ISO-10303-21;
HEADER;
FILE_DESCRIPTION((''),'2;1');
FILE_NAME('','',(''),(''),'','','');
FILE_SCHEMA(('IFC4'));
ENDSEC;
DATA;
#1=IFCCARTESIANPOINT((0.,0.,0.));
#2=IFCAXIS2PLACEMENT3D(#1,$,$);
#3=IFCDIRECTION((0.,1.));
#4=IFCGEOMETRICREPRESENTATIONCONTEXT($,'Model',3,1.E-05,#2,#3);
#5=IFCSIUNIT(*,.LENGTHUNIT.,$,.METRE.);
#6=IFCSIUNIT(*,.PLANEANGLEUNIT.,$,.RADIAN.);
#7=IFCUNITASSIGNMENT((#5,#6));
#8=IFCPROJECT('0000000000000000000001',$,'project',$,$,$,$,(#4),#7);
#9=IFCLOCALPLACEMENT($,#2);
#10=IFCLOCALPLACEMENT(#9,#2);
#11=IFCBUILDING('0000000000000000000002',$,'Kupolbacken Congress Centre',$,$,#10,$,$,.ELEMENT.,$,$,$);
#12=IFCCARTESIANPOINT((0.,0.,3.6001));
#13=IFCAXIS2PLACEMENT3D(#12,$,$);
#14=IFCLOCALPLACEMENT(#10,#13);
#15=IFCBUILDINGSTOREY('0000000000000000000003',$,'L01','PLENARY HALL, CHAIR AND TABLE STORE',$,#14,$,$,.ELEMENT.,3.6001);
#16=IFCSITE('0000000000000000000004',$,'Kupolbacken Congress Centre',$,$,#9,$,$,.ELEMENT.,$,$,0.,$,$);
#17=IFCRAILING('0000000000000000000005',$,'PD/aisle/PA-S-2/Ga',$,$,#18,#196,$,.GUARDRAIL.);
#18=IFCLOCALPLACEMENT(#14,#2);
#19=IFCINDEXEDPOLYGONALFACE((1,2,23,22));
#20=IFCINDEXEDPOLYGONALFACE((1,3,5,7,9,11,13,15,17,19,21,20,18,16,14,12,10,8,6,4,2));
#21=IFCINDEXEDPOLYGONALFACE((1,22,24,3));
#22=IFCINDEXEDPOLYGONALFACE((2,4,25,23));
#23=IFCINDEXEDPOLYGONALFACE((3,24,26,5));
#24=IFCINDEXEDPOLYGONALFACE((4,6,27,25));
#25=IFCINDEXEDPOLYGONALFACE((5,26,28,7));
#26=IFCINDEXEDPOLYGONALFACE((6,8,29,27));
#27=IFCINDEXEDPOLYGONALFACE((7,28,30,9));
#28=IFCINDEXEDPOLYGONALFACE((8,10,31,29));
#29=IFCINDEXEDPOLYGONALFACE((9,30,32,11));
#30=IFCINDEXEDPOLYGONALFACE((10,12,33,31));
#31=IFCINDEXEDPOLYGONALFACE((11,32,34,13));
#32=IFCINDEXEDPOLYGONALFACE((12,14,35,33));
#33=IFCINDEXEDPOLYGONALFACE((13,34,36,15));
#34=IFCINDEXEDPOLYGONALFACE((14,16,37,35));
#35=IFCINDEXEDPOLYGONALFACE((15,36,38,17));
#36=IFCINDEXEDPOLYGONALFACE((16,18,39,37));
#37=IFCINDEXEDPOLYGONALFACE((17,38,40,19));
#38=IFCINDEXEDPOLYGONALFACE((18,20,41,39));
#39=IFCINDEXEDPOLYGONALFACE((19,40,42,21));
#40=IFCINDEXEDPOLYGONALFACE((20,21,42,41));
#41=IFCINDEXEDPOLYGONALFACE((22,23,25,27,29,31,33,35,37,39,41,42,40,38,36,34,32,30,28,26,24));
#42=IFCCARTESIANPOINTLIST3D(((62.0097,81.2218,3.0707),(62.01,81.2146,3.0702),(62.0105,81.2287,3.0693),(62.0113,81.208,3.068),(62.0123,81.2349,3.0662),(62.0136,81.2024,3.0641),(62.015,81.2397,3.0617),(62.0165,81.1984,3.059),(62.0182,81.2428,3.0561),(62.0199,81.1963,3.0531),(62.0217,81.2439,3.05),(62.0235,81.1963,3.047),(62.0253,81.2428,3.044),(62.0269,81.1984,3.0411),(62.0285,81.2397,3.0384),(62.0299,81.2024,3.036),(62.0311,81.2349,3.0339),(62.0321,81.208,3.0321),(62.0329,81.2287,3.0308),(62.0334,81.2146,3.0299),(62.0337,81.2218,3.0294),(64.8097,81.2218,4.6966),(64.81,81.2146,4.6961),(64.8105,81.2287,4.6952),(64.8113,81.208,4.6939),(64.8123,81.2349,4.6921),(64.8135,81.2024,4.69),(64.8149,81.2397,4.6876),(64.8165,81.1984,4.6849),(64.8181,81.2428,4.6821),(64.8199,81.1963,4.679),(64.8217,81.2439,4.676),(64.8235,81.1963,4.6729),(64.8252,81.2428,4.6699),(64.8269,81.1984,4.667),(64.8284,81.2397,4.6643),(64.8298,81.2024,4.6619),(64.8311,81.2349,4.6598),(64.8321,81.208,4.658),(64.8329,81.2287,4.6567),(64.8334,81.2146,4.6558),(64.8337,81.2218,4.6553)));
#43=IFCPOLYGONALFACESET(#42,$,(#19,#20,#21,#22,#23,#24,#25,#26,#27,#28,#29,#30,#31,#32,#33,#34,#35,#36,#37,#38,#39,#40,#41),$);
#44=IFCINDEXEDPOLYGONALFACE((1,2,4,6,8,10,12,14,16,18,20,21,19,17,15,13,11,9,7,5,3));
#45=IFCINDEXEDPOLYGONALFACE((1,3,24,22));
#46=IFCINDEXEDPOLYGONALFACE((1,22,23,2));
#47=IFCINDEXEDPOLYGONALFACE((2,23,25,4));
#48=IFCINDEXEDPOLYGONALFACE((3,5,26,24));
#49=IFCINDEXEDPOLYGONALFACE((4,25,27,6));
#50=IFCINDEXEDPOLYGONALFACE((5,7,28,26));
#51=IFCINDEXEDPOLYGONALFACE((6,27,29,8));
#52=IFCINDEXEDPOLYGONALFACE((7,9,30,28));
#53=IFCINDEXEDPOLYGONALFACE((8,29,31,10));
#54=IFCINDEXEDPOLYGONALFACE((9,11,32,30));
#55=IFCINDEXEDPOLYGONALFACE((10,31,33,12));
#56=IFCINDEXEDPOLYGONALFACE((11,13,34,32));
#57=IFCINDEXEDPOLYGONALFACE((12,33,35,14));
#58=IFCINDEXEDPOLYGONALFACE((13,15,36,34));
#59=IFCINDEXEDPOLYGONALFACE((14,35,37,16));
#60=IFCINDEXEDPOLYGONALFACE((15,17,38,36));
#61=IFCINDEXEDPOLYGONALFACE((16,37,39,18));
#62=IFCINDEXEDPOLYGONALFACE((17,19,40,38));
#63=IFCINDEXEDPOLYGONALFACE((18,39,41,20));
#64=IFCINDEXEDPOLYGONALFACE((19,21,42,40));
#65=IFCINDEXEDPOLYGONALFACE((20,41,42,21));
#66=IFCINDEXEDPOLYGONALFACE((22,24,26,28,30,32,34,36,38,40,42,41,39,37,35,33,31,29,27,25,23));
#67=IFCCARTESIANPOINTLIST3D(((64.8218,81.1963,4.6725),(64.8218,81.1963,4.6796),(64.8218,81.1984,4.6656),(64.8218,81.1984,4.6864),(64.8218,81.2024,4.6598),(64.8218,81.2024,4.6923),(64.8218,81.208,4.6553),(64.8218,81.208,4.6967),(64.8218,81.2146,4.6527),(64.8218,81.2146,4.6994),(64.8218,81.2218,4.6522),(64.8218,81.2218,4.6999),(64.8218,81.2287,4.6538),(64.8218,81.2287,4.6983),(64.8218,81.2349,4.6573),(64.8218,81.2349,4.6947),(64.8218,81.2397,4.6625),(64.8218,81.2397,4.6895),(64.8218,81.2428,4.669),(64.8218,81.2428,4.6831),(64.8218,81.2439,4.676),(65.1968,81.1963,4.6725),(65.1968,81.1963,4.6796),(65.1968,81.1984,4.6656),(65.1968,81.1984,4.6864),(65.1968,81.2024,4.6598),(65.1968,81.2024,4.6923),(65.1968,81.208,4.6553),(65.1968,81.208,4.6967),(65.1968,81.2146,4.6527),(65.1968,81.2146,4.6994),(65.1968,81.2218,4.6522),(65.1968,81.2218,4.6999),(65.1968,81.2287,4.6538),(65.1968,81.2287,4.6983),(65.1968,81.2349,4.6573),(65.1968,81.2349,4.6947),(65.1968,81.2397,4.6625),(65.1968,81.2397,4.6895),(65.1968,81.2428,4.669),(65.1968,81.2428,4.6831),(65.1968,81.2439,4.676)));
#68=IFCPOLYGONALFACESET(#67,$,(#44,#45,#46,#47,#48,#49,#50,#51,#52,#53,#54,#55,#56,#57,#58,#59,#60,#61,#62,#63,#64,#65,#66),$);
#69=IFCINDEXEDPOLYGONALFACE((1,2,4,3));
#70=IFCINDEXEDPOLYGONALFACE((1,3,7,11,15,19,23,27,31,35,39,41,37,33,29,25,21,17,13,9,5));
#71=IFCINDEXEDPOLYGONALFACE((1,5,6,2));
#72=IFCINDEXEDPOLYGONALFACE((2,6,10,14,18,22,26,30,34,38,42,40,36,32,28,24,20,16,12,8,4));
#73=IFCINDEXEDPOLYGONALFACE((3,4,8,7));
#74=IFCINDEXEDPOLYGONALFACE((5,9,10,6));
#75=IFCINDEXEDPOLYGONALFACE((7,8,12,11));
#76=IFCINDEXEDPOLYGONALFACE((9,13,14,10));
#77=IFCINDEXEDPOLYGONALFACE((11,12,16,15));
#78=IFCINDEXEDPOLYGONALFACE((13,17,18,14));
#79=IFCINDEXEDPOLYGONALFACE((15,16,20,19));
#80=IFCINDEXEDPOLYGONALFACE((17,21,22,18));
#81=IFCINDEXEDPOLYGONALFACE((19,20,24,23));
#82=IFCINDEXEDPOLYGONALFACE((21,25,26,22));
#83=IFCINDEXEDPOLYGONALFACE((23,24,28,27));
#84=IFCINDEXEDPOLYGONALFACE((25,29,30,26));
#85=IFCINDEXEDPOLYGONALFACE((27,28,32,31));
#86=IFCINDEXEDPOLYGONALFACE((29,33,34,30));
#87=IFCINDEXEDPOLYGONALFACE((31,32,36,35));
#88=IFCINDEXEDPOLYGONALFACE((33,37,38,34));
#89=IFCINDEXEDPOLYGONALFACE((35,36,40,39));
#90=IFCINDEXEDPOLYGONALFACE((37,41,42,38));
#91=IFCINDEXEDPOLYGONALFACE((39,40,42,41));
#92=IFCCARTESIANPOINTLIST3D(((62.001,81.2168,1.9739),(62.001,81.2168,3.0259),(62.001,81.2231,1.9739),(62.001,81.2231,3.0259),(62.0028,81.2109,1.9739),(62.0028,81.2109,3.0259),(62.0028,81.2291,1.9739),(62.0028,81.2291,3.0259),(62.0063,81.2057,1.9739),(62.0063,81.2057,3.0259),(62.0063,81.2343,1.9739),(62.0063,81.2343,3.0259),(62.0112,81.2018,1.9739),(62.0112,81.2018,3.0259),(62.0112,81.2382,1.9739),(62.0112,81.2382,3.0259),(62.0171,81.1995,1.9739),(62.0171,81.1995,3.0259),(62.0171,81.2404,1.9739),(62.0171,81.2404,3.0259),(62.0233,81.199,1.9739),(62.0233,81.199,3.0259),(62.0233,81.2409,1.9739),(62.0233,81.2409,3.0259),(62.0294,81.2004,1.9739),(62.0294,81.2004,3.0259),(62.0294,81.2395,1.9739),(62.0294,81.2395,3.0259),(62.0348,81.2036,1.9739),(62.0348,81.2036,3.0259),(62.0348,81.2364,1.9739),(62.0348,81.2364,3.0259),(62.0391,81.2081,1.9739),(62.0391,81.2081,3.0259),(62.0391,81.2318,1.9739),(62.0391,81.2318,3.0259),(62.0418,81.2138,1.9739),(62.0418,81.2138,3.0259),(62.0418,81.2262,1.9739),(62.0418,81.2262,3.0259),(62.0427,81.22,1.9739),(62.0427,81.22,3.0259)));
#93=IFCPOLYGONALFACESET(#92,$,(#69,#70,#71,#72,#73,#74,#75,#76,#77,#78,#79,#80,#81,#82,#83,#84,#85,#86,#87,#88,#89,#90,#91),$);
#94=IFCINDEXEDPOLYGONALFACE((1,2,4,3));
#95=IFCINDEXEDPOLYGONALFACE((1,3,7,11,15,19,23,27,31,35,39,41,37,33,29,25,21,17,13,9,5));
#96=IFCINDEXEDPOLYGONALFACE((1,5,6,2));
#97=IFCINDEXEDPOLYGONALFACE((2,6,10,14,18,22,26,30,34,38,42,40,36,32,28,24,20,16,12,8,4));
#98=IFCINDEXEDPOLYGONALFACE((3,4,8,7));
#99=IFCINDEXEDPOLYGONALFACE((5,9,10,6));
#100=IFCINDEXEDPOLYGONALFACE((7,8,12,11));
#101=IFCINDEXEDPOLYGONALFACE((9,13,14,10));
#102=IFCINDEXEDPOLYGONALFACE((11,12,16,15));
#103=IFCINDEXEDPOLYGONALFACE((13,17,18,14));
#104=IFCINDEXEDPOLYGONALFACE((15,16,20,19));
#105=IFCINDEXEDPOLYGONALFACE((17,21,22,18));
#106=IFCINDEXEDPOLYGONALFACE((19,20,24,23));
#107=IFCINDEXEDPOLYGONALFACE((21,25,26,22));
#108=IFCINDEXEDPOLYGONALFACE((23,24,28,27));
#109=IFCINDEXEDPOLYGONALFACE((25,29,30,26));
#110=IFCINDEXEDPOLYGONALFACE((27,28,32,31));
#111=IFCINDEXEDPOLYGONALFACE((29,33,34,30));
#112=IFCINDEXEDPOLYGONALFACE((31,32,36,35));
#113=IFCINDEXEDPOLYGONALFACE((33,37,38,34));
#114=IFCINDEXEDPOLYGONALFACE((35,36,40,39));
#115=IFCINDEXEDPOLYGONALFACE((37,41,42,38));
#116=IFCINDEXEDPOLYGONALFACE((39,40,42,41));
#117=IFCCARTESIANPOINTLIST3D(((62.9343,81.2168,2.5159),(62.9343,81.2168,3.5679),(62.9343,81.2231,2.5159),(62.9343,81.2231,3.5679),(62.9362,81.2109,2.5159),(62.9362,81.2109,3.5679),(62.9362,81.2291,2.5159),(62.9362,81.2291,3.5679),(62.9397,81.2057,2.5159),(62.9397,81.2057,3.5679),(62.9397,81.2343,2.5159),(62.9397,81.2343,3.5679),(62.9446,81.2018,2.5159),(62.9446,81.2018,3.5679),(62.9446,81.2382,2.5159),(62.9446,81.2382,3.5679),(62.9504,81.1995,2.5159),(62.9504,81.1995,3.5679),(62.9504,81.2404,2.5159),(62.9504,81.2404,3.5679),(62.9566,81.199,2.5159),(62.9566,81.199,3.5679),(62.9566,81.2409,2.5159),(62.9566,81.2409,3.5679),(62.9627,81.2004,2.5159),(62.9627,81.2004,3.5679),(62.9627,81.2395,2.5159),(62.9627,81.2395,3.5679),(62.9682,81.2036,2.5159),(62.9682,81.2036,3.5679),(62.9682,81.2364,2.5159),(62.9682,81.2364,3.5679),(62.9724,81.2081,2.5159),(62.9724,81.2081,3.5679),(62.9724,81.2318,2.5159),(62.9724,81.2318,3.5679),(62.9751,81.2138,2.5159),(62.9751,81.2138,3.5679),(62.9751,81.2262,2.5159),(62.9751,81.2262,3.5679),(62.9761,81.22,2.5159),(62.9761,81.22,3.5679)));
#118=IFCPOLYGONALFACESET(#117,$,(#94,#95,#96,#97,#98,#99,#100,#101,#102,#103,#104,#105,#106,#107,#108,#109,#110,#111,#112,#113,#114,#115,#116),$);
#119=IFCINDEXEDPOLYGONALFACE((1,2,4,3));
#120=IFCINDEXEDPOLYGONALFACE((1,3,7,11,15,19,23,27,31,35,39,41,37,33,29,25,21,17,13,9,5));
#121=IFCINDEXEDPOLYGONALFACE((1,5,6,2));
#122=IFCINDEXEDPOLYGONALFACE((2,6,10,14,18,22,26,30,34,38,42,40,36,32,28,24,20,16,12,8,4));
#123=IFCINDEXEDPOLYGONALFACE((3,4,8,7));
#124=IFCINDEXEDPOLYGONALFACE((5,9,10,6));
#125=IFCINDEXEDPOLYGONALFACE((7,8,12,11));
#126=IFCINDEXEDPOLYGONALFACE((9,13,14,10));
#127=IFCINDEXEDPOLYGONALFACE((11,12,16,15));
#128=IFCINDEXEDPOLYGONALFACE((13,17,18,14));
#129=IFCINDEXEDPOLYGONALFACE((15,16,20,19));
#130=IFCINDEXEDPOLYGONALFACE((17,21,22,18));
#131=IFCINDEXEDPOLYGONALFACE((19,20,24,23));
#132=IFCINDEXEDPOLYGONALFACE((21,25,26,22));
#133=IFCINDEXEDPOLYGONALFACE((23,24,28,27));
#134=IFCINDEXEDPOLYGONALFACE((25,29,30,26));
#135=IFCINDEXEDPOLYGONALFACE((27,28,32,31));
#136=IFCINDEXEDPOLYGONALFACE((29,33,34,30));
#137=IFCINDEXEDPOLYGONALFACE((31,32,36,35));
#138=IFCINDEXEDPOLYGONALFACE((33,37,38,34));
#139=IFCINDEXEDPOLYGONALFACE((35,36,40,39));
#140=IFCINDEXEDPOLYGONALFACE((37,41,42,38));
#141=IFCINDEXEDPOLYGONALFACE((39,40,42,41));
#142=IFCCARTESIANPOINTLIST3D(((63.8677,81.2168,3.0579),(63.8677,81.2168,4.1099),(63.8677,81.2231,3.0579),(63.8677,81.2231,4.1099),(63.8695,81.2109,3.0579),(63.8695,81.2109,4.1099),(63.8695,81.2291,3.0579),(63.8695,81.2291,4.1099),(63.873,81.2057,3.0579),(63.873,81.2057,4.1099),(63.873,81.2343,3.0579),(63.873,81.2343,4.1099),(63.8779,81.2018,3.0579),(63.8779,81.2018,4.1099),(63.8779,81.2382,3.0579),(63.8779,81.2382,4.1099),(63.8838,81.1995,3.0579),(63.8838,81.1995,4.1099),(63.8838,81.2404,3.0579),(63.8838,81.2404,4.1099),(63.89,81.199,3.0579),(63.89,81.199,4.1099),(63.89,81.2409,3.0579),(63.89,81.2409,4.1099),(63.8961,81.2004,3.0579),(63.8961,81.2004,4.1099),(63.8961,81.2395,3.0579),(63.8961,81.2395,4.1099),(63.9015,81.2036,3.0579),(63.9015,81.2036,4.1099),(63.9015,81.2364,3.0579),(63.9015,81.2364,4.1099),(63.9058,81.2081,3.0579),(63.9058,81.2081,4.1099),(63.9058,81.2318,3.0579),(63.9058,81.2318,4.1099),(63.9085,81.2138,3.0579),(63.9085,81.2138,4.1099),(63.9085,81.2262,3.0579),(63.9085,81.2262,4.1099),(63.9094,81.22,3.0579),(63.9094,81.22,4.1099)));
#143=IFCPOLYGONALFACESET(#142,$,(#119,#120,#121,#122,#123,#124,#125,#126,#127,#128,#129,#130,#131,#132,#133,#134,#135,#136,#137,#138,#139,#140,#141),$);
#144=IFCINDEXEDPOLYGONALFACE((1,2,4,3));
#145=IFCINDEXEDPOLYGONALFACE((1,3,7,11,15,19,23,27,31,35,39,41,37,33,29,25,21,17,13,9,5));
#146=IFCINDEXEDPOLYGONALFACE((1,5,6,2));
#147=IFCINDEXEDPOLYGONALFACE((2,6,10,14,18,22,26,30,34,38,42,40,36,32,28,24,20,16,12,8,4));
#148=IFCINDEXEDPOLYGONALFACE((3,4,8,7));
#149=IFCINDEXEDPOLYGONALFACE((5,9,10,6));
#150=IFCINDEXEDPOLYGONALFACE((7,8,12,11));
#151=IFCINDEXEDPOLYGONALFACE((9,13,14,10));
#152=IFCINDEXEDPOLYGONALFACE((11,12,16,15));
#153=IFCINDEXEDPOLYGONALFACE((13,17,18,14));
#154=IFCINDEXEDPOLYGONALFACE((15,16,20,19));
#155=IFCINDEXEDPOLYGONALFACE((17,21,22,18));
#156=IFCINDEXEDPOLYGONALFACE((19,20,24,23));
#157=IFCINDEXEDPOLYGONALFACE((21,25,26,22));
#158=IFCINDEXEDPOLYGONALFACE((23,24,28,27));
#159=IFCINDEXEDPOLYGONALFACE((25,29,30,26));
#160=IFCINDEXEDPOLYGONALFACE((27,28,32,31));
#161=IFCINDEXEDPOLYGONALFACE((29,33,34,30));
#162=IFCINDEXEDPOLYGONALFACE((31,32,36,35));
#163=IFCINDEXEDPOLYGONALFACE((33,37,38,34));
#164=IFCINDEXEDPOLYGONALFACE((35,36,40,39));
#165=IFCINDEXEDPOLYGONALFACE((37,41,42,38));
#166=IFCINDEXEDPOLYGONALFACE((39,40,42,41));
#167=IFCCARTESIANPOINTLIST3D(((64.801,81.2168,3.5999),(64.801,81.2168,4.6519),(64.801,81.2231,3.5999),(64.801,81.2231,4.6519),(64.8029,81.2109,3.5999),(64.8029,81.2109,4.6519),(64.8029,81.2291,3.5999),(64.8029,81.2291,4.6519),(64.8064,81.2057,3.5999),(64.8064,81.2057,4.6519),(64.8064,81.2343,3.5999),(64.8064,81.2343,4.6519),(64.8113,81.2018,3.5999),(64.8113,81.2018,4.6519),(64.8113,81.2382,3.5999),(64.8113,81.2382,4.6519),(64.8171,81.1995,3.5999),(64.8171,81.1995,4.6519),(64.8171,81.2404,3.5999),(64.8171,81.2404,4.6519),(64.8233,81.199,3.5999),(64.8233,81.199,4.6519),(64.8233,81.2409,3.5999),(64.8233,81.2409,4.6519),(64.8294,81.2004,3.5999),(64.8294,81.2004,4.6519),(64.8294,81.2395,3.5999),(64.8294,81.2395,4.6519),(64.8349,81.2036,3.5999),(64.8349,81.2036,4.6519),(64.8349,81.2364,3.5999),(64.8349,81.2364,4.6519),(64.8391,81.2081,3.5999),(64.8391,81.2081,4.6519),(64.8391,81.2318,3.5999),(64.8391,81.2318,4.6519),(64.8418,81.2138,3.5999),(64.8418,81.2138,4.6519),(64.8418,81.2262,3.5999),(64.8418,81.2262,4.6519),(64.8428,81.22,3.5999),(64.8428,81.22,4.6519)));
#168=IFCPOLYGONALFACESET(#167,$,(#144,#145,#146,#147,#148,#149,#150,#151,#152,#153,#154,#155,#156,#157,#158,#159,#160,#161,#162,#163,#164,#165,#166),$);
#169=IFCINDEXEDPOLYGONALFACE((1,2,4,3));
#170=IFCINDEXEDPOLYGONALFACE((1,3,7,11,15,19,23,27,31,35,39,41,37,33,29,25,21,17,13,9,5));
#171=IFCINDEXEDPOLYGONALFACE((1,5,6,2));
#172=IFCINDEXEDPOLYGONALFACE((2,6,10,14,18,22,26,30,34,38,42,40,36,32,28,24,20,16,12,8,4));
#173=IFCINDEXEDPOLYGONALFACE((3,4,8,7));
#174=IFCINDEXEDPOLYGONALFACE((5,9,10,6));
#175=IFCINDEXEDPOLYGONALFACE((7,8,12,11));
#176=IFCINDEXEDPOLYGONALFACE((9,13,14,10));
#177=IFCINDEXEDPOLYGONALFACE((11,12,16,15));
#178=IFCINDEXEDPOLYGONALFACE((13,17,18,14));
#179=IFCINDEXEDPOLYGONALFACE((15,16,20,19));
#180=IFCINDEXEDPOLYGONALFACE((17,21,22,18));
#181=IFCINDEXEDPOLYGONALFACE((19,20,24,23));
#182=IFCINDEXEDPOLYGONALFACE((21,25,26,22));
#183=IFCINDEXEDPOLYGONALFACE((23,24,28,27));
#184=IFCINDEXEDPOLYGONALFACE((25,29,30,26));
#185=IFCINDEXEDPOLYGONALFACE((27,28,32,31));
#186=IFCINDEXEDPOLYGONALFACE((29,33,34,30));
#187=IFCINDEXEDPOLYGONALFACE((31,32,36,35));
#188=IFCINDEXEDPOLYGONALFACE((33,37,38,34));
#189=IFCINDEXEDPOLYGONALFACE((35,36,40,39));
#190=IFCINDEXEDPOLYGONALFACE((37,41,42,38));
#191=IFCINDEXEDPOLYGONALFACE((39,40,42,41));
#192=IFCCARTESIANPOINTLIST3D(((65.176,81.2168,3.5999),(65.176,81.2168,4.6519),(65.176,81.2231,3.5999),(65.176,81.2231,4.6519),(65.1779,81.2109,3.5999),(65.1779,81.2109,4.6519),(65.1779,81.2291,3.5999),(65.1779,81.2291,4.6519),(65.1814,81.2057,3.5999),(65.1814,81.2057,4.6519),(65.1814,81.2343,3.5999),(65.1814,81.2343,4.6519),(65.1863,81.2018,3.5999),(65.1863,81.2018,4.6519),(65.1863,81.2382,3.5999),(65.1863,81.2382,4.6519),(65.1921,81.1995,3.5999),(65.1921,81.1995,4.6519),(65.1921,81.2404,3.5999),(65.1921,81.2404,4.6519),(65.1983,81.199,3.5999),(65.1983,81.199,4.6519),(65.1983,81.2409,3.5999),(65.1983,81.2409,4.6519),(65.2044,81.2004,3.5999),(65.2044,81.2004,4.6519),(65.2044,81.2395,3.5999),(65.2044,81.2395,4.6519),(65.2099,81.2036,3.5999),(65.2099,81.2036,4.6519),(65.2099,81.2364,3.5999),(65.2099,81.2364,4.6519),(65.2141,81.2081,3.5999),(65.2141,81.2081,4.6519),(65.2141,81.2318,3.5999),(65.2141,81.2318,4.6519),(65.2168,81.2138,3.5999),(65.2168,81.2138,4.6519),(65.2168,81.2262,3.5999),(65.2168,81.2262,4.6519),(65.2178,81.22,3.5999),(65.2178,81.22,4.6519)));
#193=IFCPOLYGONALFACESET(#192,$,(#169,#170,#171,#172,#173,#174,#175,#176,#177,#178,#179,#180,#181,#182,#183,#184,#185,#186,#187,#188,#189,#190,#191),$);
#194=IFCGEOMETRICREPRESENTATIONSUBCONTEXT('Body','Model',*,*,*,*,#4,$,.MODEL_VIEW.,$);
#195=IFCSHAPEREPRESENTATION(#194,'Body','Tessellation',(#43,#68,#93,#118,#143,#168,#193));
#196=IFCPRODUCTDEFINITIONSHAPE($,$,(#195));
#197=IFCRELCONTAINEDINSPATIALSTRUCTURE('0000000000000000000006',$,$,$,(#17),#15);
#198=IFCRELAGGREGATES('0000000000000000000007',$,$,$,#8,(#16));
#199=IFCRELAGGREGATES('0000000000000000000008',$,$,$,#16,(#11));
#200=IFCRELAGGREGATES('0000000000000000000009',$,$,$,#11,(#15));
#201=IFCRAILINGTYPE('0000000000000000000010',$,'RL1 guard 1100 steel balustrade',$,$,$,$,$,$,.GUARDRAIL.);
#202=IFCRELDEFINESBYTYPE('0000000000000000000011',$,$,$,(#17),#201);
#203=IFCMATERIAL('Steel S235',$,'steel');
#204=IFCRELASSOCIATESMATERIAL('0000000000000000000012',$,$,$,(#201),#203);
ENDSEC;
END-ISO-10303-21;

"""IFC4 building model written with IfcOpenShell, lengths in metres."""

from ifc_helpers import new_model, si_unit, direction, frame, origin, origin_2d, place, context, subcontext, project, spatial, circle, extrude, material, type_object, element, save


model = new_model("IFC4")

# Units and contexts
model_context = context("Model", 3, precision=1e-05, world=origin(), true_north=direction((0.0, 1.0)))
body_context = subcontext(model_context, "Body", "Model", "MODEL_VIEW")
ifc_project = project(units=[si_unit("LENGTHUNIT", "METRE"), si_unit("PLANEANGLEUNIT", "RADIAN")], contexts=[model_context])

# Site, building, storey
site_placement = place(None, origin())
site = spatial("IfcSite", under=ifc_project, at=site_placement, Name="Kupolbacken Congress Centre", CompositionType="ELEMENT", RefElevation=0.0)
building_placement = place(site_placement, origin())
building = spatial("IfcBuilding", under=site, at=building_placement, Name="Kupolbacken Congress Centre", CompositionType="ELEMENT")
storey_placement = place(building_placement, frame((0.0, 0.0, 3.6001)))
storey = spatial("IfcBuildingStorey", under=building, at=storey_placement, Name="L01", Description="PLENARY HALL, CHAIR AND TABLE STORE", CompositionType="ELEMENT", Elevation=3.6001)

# Railing
ifc_material_1 = material(Name="Steel S235", Category="steel")
railing_type = type_object("IfcRailingType", Name="RL1 guard 1100 steel balustrade", PredefinedType="GUARDRAIL", material=ifc_material_1)
railing_placement = place(storey_placement, frame((62.0217, 81.22, 1.9739)))
element("IfcRailing", 1, at=railing_placement, inside=storey, type_object=railing_type, Name="PD/aisle/PA-S-2/Ga", PredefinedType="GUARDRAIL", context=body_context, shape_type="SweptSolid", body=[
    extrude(circle(Radius=0.0239, at=origin_2d()), frame((0.0, 0.0, 1.0762), z_axis=(0.86477, 0.0, 0.502168), x_axis=(0.0, 1.0, 0.0)), (0.0, 0.0, 1.0), 3.2378),
    extrude(circle(Radius=0.0239, at=origin_2d()), frame((2.8, 0.0, 2.7021), z_axis=(1.0, 0.0, 0.0), x_axis=(0.0, 1.0, 0.0)), (0.0, 0.0, 1.0), 0.375),
    extrude(circle(Radius=0.021, at=origin_2d()), origin(), (0.0, 0.0, 1.0), 1.052),
    extrude(circle(Radius=0.021, at=origin_2d()), frame((0.9333, 0.0, 0.542)), (0.0, 0.0, 1.0), 1.052),
    extrude(circle(Radius=0.021, at=origin_2d()), frame((1.8667, 0.0, 1.084)), (0.0, 0.0, 1.0), 1.052),
    extrude(circle(Radius=0.021, at=origin_2d()), frame((2.8, 0.0, 1.626)), (0.0, 0.0, 1.0), 1.052),
    extrude(circle(Radius=0.021, at=origin_2d()), frame((3.175, 0.0, 1.626)), (0.0, 0.0, 1.0), 1.052),
])

save(model, "model.ifc")
